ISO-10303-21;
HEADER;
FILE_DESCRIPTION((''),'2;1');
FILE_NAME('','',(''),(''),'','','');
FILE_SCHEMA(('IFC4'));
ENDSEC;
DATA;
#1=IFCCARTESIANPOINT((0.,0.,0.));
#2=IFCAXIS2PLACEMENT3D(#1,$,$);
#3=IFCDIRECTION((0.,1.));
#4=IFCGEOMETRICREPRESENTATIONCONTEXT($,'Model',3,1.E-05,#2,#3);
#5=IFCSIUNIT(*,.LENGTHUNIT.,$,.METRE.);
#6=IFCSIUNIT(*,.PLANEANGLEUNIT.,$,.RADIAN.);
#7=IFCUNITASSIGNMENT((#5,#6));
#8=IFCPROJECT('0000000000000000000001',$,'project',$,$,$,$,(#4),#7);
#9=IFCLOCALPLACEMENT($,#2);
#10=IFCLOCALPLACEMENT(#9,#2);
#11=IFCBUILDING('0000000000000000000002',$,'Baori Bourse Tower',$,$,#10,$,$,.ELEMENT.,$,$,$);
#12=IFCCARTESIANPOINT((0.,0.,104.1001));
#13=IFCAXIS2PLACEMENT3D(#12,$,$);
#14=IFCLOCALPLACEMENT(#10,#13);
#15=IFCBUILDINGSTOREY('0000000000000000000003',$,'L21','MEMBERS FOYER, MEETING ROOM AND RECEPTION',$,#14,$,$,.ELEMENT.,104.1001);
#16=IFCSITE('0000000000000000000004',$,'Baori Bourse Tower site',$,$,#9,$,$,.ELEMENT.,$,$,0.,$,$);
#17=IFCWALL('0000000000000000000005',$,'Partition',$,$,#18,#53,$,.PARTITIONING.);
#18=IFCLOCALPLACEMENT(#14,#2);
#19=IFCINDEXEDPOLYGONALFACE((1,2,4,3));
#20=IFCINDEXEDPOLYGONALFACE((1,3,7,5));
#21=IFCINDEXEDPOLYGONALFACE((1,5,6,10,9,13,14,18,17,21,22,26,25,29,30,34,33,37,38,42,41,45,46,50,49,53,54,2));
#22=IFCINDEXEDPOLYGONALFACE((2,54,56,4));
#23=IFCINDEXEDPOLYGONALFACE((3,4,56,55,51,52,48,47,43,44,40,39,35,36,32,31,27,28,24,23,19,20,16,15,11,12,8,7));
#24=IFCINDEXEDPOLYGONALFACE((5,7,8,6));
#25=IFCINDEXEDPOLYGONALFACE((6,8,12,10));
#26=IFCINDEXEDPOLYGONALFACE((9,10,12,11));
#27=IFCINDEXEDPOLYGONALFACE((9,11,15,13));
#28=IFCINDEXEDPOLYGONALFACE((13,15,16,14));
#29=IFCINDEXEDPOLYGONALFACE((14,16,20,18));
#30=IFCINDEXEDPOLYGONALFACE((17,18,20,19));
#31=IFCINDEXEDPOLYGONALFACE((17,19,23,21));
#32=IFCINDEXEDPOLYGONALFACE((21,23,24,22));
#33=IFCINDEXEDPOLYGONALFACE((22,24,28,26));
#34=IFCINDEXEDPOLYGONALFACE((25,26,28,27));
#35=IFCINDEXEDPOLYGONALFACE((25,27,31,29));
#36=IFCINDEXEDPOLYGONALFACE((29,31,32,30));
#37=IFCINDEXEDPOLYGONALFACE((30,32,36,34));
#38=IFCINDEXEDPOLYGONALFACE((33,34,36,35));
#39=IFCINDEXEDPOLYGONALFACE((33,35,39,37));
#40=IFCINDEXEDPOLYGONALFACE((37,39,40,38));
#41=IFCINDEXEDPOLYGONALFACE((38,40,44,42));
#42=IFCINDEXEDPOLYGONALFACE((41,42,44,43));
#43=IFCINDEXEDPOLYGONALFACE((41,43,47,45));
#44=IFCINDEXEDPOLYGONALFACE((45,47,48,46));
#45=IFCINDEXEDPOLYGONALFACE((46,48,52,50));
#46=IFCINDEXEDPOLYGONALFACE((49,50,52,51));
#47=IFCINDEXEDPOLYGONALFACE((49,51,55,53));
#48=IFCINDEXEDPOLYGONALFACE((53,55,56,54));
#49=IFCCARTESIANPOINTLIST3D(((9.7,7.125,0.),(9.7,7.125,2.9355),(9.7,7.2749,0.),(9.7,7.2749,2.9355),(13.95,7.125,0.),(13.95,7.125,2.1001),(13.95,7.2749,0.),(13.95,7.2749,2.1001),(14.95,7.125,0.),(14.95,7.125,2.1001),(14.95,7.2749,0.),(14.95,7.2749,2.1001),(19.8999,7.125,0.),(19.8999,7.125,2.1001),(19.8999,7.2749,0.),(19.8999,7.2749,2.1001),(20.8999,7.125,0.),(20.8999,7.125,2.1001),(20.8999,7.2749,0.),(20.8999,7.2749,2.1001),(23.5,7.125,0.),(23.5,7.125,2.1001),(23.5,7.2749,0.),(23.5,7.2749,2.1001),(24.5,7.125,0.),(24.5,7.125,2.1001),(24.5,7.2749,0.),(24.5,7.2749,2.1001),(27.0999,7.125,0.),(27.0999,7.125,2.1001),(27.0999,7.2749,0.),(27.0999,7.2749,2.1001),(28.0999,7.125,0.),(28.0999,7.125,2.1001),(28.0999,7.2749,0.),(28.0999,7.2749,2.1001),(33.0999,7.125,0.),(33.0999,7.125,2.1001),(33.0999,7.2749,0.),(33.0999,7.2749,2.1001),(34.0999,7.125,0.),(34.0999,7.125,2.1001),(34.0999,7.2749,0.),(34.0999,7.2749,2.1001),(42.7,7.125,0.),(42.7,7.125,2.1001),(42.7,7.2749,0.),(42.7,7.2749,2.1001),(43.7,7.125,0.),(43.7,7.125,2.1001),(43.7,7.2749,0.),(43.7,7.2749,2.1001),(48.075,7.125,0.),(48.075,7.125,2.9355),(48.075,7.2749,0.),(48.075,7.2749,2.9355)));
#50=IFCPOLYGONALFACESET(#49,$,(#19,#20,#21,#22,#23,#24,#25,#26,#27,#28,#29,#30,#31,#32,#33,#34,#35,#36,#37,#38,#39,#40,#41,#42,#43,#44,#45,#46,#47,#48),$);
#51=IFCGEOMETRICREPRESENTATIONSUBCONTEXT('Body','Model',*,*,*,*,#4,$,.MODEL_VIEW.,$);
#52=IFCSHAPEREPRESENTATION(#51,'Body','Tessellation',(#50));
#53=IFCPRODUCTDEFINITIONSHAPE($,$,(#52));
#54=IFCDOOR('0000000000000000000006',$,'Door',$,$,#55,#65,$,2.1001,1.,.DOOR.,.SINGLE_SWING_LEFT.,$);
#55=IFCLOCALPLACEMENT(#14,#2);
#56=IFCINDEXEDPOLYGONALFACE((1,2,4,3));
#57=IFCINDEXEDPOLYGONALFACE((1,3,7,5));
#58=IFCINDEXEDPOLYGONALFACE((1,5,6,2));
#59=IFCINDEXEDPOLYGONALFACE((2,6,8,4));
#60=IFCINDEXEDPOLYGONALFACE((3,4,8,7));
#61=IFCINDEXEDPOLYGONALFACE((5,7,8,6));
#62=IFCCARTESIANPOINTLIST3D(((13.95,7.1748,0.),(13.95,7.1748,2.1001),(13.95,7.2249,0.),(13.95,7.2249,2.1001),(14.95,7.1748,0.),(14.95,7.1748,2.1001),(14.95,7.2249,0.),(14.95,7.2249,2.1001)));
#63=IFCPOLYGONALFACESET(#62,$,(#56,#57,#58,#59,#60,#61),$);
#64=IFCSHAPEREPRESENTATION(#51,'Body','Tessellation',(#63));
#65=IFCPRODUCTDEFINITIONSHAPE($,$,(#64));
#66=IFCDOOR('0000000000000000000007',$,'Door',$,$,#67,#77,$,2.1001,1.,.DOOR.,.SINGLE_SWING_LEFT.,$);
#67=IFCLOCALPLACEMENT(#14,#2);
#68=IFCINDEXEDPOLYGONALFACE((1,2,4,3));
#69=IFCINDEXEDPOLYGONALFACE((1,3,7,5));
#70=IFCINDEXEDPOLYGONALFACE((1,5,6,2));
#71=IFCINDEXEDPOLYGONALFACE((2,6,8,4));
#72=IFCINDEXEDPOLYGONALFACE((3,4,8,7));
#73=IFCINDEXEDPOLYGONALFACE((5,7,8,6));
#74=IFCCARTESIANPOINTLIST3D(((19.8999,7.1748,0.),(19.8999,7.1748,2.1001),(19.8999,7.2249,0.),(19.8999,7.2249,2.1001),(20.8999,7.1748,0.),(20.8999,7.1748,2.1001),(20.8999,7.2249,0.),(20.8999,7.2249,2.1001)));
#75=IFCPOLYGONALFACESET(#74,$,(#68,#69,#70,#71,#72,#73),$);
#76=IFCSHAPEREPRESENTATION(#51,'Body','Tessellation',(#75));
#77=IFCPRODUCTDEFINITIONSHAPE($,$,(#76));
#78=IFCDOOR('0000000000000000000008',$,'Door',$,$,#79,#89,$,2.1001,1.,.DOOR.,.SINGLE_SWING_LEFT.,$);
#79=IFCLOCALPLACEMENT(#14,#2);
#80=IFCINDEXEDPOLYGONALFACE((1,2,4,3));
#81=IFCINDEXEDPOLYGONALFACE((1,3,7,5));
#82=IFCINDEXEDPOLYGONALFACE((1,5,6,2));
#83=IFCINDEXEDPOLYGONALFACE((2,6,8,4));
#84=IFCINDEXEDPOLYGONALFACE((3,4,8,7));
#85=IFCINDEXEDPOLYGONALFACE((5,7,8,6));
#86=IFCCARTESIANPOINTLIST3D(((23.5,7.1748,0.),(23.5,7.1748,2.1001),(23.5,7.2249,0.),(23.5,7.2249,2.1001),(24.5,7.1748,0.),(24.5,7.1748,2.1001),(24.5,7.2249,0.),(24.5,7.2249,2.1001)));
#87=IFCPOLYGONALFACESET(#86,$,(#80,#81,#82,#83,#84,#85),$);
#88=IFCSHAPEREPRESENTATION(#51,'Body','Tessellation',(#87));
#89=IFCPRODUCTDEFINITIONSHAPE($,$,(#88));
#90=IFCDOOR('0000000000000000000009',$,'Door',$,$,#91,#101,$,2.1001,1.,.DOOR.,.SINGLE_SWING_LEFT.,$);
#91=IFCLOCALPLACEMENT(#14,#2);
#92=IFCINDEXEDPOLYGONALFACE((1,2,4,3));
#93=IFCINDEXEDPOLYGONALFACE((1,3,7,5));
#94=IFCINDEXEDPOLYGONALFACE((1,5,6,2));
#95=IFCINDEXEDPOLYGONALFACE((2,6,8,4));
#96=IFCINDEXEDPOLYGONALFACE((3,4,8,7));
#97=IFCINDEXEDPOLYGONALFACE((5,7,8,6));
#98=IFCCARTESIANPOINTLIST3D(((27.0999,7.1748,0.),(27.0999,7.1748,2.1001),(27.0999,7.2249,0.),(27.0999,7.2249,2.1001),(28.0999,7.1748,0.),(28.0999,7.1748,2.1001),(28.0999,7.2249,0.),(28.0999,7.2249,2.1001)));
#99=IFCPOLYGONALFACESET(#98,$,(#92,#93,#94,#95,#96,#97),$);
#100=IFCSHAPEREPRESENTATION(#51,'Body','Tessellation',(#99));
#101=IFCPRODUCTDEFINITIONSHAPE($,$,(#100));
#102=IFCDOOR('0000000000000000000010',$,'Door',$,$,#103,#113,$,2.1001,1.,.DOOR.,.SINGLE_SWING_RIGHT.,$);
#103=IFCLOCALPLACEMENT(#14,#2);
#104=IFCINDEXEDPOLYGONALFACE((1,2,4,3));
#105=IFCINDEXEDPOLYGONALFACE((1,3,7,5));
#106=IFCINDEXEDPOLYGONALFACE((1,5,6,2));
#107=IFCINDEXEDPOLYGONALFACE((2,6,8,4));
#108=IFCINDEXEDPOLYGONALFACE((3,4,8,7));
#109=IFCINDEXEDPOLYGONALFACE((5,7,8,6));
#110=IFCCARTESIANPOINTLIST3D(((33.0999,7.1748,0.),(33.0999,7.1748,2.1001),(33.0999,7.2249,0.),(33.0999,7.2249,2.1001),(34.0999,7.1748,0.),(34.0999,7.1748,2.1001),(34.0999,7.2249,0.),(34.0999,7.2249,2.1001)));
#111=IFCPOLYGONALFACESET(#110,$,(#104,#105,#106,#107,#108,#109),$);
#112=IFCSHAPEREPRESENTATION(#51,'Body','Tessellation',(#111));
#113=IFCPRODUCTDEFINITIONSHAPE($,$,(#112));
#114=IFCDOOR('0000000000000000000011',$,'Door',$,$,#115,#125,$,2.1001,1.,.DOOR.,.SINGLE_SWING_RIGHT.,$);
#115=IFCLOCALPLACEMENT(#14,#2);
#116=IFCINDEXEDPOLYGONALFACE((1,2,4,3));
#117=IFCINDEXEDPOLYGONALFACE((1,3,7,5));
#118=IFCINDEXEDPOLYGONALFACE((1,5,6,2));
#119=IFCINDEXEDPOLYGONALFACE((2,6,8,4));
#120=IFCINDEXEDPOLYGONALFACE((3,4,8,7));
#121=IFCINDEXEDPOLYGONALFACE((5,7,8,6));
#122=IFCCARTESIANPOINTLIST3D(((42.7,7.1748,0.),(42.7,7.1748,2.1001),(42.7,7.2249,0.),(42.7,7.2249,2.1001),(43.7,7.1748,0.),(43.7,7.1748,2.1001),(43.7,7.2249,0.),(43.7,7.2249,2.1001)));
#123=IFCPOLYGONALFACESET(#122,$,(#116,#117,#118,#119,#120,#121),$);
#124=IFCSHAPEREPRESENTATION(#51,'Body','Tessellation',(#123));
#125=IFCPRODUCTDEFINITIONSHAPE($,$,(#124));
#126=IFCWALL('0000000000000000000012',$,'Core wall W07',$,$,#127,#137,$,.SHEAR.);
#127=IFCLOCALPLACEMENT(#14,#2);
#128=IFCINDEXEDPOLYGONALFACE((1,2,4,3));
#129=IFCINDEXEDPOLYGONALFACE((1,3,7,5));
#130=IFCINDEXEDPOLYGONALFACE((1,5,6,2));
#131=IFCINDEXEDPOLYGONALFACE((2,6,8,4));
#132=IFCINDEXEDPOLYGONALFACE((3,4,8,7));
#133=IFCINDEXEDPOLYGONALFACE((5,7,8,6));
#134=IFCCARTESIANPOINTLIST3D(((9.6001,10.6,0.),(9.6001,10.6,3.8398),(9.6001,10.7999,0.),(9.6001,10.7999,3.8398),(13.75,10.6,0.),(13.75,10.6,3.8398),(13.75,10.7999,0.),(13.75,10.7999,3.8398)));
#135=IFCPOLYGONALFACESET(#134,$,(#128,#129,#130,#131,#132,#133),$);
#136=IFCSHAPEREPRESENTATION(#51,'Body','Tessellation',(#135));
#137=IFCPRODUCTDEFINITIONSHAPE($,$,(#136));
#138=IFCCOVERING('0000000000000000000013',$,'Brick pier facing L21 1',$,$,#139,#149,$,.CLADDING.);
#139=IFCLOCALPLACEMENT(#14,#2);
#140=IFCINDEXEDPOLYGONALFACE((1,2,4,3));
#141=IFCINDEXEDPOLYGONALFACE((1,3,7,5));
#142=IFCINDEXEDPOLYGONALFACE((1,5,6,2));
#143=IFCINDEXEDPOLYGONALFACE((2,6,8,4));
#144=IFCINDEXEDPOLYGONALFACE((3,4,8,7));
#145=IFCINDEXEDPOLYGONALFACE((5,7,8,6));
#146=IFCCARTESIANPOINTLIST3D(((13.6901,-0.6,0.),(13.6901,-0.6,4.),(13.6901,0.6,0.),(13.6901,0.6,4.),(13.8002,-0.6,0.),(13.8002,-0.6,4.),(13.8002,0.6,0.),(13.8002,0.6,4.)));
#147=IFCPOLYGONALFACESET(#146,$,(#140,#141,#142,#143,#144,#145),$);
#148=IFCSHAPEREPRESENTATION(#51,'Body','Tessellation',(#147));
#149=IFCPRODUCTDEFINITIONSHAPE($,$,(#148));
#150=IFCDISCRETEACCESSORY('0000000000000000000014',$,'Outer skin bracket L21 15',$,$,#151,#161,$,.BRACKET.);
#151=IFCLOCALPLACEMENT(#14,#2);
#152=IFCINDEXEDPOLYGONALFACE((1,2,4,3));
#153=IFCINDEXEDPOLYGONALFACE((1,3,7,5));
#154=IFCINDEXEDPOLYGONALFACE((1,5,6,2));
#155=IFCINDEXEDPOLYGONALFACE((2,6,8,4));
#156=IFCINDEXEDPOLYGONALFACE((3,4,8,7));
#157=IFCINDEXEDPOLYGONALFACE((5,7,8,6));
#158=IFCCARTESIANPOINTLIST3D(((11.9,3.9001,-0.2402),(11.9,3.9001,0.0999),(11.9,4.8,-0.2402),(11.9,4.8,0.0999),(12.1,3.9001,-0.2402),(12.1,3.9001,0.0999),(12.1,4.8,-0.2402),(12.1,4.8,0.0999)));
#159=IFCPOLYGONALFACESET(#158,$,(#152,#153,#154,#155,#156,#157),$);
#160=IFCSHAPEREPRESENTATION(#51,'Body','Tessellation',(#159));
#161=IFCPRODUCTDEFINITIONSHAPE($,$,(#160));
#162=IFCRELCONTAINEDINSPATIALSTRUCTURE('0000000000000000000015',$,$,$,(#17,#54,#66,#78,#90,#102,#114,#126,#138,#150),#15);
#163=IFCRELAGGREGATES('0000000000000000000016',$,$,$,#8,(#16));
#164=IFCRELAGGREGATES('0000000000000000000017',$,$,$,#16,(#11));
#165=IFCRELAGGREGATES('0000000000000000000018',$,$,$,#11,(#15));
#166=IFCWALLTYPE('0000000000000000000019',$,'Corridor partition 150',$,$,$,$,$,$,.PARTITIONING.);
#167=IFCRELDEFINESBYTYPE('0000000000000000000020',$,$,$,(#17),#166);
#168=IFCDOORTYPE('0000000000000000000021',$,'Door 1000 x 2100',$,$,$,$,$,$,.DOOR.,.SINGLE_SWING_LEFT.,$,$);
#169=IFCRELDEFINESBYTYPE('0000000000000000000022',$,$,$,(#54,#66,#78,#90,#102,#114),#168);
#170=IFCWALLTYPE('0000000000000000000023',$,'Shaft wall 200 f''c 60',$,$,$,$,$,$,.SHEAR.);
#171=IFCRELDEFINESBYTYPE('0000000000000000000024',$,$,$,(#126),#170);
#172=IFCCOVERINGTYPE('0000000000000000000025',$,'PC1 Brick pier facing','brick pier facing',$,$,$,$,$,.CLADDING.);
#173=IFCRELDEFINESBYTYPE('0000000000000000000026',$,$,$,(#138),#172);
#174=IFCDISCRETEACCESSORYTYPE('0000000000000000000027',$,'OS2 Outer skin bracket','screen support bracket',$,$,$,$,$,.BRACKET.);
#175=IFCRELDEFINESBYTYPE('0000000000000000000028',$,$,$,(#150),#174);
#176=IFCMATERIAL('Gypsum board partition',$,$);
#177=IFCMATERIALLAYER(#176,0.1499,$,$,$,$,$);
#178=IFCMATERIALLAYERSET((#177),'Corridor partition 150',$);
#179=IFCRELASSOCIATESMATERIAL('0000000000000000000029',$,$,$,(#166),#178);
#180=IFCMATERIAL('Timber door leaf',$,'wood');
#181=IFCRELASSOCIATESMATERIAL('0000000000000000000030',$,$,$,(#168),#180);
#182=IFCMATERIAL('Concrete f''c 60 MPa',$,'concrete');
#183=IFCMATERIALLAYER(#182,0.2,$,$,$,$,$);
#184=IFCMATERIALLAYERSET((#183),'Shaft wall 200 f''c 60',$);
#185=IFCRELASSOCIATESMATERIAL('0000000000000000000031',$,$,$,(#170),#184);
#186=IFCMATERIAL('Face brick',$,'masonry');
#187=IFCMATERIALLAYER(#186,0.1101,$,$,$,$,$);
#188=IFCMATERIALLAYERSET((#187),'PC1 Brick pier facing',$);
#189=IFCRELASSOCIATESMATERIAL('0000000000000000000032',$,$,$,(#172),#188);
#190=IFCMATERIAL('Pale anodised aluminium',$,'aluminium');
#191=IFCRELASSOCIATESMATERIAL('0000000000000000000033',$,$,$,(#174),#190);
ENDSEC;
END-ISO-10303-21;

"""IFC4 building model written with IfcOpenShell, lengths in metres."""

from ifc_helpers import new_model, si_unit, direction, frame, frame_2d, origin, origin_2d, place, context, subcontext, project, spatial, rectangle, extrude, material, layer, layer_set, type_object, element, fill, save


model = new_model("IFC4")

# Units and contexts
model_context = context("Model", 3, precision=1e-05, world=origin(), true_north=direction((0.0, 1.0)))
body_context = subcontext(model_context, "Body", "Model", "MODEL_VIEW")
ifc_project = project(units=[si_unit("LENGTHUNIT", "METRE"), si_unit("PLANEANGLEUNIT", "RADIAN")], contexts=[model_context])

# Site, building, storey
site_placement = place(None, origin())
site = spatial("IfcSite", under=ifc_project, at=site_placement, Name="Baori Bourse Tower site", CompositionType="ELEMENT", RefElevation=0.0)
building_placement = place(site_placement, origin())
building = spatial("IfcBuilding", under=site, at=building_placement, Name="Baori Bourse Tower", CompositionType="ELEMENT")
storey_placement = place(building_placement, frame((0.0, 0.0, 104.1001)))
storey = spatial("IfcBuildingStorey", under=building, at=storey_placement, Name="L21", Description="MEMBERS FOYER, MEETING ROOM AND RECEPTION", CompositionType="ELEMENT", Elevation=104.1001)

# Wall, openings, doors
ifc_material_1 = material(Name="Gypsum board partition")
ifc_layer_1 = layer(ifc_material_1, 0.1499)
ifc_layer_set_1 = layer_set([ifc_layer_1], Name="Corridor partition 150")
wall_type_1 = type_object("IfcWallType", Name="Corridor partition 150", PredefinedType="PARTITIONING", material=ifc_layer_set_1)
wall_1_placement = place(storey_placement, frame((9.7, 7.2, 0.0), z_axis=(0.0, 0.0, 1.0), x_axis=(1.0, 0.0, 0.0)))
wall_1 = element("IfcWall", 1, at=wall_1_placement, inside=storey, type_object=wall_type_1, Name="Partition", PredefinedType="PARTITIONING", context=body_context, shape_type="SweptSolid", body=[
    extrude(rectangle(XDim=38.375, YDim=0.1499, at=frame_2d((19.1875, 0.0))), origin(), (0.0, 0.0, 1.0), 2.9355),
])
opening_1_placement = place(wall_1_placement, frame((4.25, 0.0, 0.0)))
opening_1 = element("IfcOpeningElement", 2, at=opening_1_placement, cuts=wall_1, PredefinedType="OPENING", context=body_context, shape_type="SweptSolid", body=[
    extrude(rectangle(XDim=1.0, YDim=2.1001, at=frame_2d((0.5, 1.05))), frame((0.0, 0.085, 0.0), z_axis=(0.0, -1.0, 0.0), x_axis=(1.0, 0.0, 0.0)), (0.0, 0.0, 1.0), 0.1699),
])
opening_2_placement = place(wall_1_placement, frame((10.2, 0.0, 0.0)))
opening_2 = element("IfcOpeningElement", 3, at=opening_2_placement, cuts=wall_1, PredefinedType="OPENING", context=body_context, shape_type="SweptSolid", body=[
    extrude(rectangle(XDim=1.0, YDim=2.1001, at=frame_2d((0.5, 1.05))), frame((0.0, 0.085, 0.0), z_axis=(0.0, -1.0, 0.0), x_axis=(1.0, 0.0, 0.0)), (0.0, 0.0, 1.0), 0.1699),
])
opening_3_placement = place(wall_1_placement, frame((13.8, 0.0, 0.0)))
opening_3 = element("IfcOpeningElement", 4, at=opening_3_placement, cuts=wall_1, PredefinedType="OPENING", context=body_context, shape_type="SweptSolid", body=[
    extrude(rectangle(XDim=1.0, YDim=2.1001, at=frame_2d((0.5, 1.05))), frame((0.0, 0.085, 0.0), z_axis=(0.0, -1.0, 0.0), x_axis=(1.0, 0.0, 0.0)), (0.0, 0.0, 1.0), 0.1699),
])
opening_4_placement = place(wall_1_placement, frame((17.3999, 0.0, 0.0)))
opening_4 = element("IfcOpeningElement", 5, at=opening_4_placement, cuts=wall_1, PredefinedType="OPENING", context=body_context, shape_type="SweptSolid", body=[
    extrude(rectangle(XDim=1.0, YDim=2.1001, at=frame_2d((0.5, 1.05))), frame((0.0, 0.085, 0.0), z_axis=(0.0, -1.0, 0.0), x_axis=(1.0, 0.0, 0.0)), (0.0, 0.0, 1.0), 0.1699),
])
opening_5_placement = place(wall_1_placement, frame((23.3999, 0.0, 0.0)))
opening_5 = element("IfcOpeningElement", 6, at=opening_5_placement, cuts=wall_1, PredefinedType="OPENING", context=body_context, shape_type="SweptSolid", body=[
    extrude(rectangle(XDim=1.0, YDim=2.1001, at=frame_2d((0.5, 1.05))), frame((0.0, 0.085, 0.0), z_axis=(0.0, -1.0, 0.0), x_axis=(1.0, 0.0, 0.0)), (0.0, 0.0, 1.0), 0.1699),
])
opening_6_placement = place(wall_1_placement, frame((33.0, 0.0, 0.0)))
opening_6 = element("IfcOpeningElement", 7, at=opening_6_placement, cuts=wall_1, PredefinedType="OPENING", context=body_context, shape_type="SweptSolid", body=[
    extrude(rectangle(XDim=1.0, YDim=2.1001, at=frame_2d((0.5, 1.05))), frame((0.0, 0.085, 0.0), z_axis=(0.0, -1.0, 0.0), x_axis=(1.0, 0.0, 0.0)), (0.0, 0.0, 1.0), 0.1699),
])
ifc_material_2 = material(Name="Timber door leaf", Category="wood")
door_type = type_object("IfcDoorType", Name="Door 1000 x 2100", OperationType="SINGLE_SWING_LEFT", PredefinedType="DOOR", material=ifc_material_2)
door_1_placement = place(opening_1_placement, origin())
door_1 = element("IfcDoor", 8, at=door_1_placement, inside=storey, type_object=door_type, Name="Door", OperationType="SINGLE_SWING_LEFT", OverallHeight=2.1001, OverallWidth=1.0, PredefinedType="DOOR", context=body_context, shape_type="SweptSolid", body=[
    extrude(rectangle(XDim=1.0, YDim=2.1001, at=frame_2d((0.5, 1.05))), frame((0.0, 0.0249, 0.0), z_axis=(0.0, -1.0, 0.0), x_axis=(1.0, 0.0, 0.0)), (0.0, 0.0, 1.0), 0.05),
])
fill(opening_1, door_1)
door_2_placement = place(opening_2_placement, origin())
door_2 = element("IfcDoor", 9, at=door_2_placement, inside=storey, type_object=door_type, Name="Door", OperationType="SINGLE_SWING_LEFT", OverallHeight=2.1001, OverallWidth=1.0, PredefinedType="DOOR", context=body_context, shape_type="SweptSolid", body=[
    extrude(rectangle(XDim=1.0, YDim=2.1001, at=frame_2d((0.5, 1.05))), frame((0.0, 0.0249, 0.0), z_axis=(0.0, -1.0, 0.0), x_axis=(1.0, 0.0, 0.0)), (0.0, 0.0, 1.0), 0.05),
])
fill(opening_2, door_2)
door_3_placement = place(opening_3_placement, origin())
door_3 = element("IfcDoor", 10, at=door_3_placement, inside=storey, type_object=door_type, Name="Door", OperationType="SINGLE_SWING_LEFT", OverallHeight=2.1001, OverallWidth=1.0, PredefinedType="DOOR", context=body_context, shape_type="SweptSolid", body=[
    extrude(rectangle(XDim=1.0, YDim=2.1001, at=frame_2d((0.5, 1.05))), frame((0.0, 0.0249, 0.0), z_axis=(0.0, -1.0, 0.0), x_axis=(1.0, 0.0, 0.0)), (0.0, 0.0, 1.0), 0.05),
])
fill(opening_3, door_3)
door_4_placement = place(opening_4_placement, origin())
door_4 = element("IfcDoor", 11, at=door_4_placement, inside=storey, type_object=door_type, Name="Door", OperationType="SINGLE_SWING_LEFT", OverallHeight=2.1001, OverallWidth=1.0, PredefinedType="DOOR", context=body_context, shape_type="SweptSolid", body=[
    extrude(rectangle(XDim=1.0, YDim=2.1001, at=frame_2d((0.5, 1.05))), frame((0.0, 0.0249, 0.0), z_axis=(0.0, -1.0, 0.0), x_axis=(1.0, 0.0, 0.0)), (0.0, 0.0, 1.0), 0.05),
])
fill(opening_4, door_4)
door_5_placement = place(opening_5_placement, origin())
door_5 = element("IfcDoor", 12, at=door_5_placement, inside=storey, type_object=door_type, Name="Door", OperationType="SINGLE_SWING_RIGHT", OverallHeight=2.1001, OverallWidth=1.0, PredefinedType="DOOR", context=body_context, shape_type="SweptSolid", body=[
    extrude(rectangle(XDim=1.0, YDim=2.1001, at=frame_2d((0.5, 1.05))), frame((0.0, 0.0249, 0.0), z_axis=(0.0, -1.0, 0.0), x_axis=(1.0, 0.0, 0.0)), (0.0, 0.0, 1.0), 0.05),
])
fill(opening_5, door_5)
door_6_placement = place(opening_6_placement, origin())
door_6 = element("IfcDoor", 13, at=door_6_placement, inside=storey, type_object=door_type, Name="Door", OperationType="SINGLE_SWING_RIGHT", OverallHeight=2.1001, OverallWidth=1.0, PredefinedType="DOOR", context=body_context, shape_type="SweptSolid", body=[
    extrude(rectangle(XDim=1.0, YDim=2.1001, at=frame_2d((0.5, 1.05))), frame((0.0, 0.0249, 0.0), z_axis=(0.0, -1.0, 0.0), x_axis=(1.0, 0.0, 0.0)), (0.0, 0.0, 1.0), 0.05),
])
fill(opening_6, door_6)

# Wall
ifc_material_3 = material(Name="Concrete f'c 60 MPa", Category="concrete")
ifc_layer_2 = layer(ifc_material_3, 0.2)
ifc_layer_set_2 = layer_set([ifc_layer_2], Name="Shaft wall 200 f'c 60")
wall_type_2 = type_object("IfcWallType", Name="Shaft wall 200 f'c 60", PredefinedType="SHEAR", material=ifc_layer_set_2)
wall_2_placement = place(storey_placement, frame((9.6001, 10.7, 0.0), z_axis=(0.0, 0.0, 1.0), x_axis=(1.0, 0.0, 0.0)))
element("IfcWall", 14, at=wall_2_placement, inside=storey, type_object=wall_type_2, Name="Core wall W07", PredefinedType="SHEAR", context=body_context, shape_type="SweptSolid", body=[
    extrude(rectangle(XDim=4.1499, YDim=0.2, at=frame_2d((2.075, 0.0))), origin(), (0.0, 0.0, 1.0), 3.8398),
])

# Covering
ifc_material_4 = material(Name="Face brick", Category="masonry")
ifc_layer_3 = layer(ifc_material_4, 0.1101)
ifc_layer_set_3 = layer_set([ifc_layer_3], Name="PC1 Brick pier facing")
covering_type = type_object("IfcCoveringType", Name="PC1 Brick pier facing", Description="brick pier facing", PredefinedType="CLADDING", material=ifc_layer_set_3)
covering_placement = place(storey_placement, frame((13.7451, 0.0, 0.0), z_axis=(0.0, 0.0, 1.0), x_axis=(1.0, 0.0, 0.0)))
element("IfcCovering", 15, at=covering_placement, inside=storey, type_object=covering_type, Name="Brick pier facing L21 1", PredefinedType="CLADDING", context=body_context, shape_type="SweptSolid", body=[
    extrude(rectangle(XDim=0.1101, YDim=1.2, at=origin_2d()), origin(), (0.0, 0.0, 1.0), 4.0),
])

# Discrete accessory
ifc_material_5 = material(Name="Pale anodised aluminium", Category="aluminium")
discrete_accessory_type = type_object("IfcDiscreteAccessoryType", Name="OS2 Outer skin bracket", Description="screen support bracket", PredefinedType="BRACKET", material=ifc_material_5)
for number, where, z_axis, x_axis, name in (
    (16, (12.0, 4.3501, -0.2402), (0.0, 0.0, 1.0), (1.0, 0.0, 0.0), "Outer skin bracket L21 15"),
):
    element("IfcDiscreteAccessory", number, at=place(storey_placement, frame(where, z_axis=z_axis, x_axis=x_axis)), inside=storey, type_object=discrete_accessory_type, Name=name, PredefinedType="BRACKET", context=body_context, shape_type="SweptSolid", body=[
        extrude(rectangle(XDim=0.2, YDim=0.8999, at=origin_2d()), origin(), (0.0, 0.0, 1.0), 0.3401),
    ])

save(model, "model.ifc")
